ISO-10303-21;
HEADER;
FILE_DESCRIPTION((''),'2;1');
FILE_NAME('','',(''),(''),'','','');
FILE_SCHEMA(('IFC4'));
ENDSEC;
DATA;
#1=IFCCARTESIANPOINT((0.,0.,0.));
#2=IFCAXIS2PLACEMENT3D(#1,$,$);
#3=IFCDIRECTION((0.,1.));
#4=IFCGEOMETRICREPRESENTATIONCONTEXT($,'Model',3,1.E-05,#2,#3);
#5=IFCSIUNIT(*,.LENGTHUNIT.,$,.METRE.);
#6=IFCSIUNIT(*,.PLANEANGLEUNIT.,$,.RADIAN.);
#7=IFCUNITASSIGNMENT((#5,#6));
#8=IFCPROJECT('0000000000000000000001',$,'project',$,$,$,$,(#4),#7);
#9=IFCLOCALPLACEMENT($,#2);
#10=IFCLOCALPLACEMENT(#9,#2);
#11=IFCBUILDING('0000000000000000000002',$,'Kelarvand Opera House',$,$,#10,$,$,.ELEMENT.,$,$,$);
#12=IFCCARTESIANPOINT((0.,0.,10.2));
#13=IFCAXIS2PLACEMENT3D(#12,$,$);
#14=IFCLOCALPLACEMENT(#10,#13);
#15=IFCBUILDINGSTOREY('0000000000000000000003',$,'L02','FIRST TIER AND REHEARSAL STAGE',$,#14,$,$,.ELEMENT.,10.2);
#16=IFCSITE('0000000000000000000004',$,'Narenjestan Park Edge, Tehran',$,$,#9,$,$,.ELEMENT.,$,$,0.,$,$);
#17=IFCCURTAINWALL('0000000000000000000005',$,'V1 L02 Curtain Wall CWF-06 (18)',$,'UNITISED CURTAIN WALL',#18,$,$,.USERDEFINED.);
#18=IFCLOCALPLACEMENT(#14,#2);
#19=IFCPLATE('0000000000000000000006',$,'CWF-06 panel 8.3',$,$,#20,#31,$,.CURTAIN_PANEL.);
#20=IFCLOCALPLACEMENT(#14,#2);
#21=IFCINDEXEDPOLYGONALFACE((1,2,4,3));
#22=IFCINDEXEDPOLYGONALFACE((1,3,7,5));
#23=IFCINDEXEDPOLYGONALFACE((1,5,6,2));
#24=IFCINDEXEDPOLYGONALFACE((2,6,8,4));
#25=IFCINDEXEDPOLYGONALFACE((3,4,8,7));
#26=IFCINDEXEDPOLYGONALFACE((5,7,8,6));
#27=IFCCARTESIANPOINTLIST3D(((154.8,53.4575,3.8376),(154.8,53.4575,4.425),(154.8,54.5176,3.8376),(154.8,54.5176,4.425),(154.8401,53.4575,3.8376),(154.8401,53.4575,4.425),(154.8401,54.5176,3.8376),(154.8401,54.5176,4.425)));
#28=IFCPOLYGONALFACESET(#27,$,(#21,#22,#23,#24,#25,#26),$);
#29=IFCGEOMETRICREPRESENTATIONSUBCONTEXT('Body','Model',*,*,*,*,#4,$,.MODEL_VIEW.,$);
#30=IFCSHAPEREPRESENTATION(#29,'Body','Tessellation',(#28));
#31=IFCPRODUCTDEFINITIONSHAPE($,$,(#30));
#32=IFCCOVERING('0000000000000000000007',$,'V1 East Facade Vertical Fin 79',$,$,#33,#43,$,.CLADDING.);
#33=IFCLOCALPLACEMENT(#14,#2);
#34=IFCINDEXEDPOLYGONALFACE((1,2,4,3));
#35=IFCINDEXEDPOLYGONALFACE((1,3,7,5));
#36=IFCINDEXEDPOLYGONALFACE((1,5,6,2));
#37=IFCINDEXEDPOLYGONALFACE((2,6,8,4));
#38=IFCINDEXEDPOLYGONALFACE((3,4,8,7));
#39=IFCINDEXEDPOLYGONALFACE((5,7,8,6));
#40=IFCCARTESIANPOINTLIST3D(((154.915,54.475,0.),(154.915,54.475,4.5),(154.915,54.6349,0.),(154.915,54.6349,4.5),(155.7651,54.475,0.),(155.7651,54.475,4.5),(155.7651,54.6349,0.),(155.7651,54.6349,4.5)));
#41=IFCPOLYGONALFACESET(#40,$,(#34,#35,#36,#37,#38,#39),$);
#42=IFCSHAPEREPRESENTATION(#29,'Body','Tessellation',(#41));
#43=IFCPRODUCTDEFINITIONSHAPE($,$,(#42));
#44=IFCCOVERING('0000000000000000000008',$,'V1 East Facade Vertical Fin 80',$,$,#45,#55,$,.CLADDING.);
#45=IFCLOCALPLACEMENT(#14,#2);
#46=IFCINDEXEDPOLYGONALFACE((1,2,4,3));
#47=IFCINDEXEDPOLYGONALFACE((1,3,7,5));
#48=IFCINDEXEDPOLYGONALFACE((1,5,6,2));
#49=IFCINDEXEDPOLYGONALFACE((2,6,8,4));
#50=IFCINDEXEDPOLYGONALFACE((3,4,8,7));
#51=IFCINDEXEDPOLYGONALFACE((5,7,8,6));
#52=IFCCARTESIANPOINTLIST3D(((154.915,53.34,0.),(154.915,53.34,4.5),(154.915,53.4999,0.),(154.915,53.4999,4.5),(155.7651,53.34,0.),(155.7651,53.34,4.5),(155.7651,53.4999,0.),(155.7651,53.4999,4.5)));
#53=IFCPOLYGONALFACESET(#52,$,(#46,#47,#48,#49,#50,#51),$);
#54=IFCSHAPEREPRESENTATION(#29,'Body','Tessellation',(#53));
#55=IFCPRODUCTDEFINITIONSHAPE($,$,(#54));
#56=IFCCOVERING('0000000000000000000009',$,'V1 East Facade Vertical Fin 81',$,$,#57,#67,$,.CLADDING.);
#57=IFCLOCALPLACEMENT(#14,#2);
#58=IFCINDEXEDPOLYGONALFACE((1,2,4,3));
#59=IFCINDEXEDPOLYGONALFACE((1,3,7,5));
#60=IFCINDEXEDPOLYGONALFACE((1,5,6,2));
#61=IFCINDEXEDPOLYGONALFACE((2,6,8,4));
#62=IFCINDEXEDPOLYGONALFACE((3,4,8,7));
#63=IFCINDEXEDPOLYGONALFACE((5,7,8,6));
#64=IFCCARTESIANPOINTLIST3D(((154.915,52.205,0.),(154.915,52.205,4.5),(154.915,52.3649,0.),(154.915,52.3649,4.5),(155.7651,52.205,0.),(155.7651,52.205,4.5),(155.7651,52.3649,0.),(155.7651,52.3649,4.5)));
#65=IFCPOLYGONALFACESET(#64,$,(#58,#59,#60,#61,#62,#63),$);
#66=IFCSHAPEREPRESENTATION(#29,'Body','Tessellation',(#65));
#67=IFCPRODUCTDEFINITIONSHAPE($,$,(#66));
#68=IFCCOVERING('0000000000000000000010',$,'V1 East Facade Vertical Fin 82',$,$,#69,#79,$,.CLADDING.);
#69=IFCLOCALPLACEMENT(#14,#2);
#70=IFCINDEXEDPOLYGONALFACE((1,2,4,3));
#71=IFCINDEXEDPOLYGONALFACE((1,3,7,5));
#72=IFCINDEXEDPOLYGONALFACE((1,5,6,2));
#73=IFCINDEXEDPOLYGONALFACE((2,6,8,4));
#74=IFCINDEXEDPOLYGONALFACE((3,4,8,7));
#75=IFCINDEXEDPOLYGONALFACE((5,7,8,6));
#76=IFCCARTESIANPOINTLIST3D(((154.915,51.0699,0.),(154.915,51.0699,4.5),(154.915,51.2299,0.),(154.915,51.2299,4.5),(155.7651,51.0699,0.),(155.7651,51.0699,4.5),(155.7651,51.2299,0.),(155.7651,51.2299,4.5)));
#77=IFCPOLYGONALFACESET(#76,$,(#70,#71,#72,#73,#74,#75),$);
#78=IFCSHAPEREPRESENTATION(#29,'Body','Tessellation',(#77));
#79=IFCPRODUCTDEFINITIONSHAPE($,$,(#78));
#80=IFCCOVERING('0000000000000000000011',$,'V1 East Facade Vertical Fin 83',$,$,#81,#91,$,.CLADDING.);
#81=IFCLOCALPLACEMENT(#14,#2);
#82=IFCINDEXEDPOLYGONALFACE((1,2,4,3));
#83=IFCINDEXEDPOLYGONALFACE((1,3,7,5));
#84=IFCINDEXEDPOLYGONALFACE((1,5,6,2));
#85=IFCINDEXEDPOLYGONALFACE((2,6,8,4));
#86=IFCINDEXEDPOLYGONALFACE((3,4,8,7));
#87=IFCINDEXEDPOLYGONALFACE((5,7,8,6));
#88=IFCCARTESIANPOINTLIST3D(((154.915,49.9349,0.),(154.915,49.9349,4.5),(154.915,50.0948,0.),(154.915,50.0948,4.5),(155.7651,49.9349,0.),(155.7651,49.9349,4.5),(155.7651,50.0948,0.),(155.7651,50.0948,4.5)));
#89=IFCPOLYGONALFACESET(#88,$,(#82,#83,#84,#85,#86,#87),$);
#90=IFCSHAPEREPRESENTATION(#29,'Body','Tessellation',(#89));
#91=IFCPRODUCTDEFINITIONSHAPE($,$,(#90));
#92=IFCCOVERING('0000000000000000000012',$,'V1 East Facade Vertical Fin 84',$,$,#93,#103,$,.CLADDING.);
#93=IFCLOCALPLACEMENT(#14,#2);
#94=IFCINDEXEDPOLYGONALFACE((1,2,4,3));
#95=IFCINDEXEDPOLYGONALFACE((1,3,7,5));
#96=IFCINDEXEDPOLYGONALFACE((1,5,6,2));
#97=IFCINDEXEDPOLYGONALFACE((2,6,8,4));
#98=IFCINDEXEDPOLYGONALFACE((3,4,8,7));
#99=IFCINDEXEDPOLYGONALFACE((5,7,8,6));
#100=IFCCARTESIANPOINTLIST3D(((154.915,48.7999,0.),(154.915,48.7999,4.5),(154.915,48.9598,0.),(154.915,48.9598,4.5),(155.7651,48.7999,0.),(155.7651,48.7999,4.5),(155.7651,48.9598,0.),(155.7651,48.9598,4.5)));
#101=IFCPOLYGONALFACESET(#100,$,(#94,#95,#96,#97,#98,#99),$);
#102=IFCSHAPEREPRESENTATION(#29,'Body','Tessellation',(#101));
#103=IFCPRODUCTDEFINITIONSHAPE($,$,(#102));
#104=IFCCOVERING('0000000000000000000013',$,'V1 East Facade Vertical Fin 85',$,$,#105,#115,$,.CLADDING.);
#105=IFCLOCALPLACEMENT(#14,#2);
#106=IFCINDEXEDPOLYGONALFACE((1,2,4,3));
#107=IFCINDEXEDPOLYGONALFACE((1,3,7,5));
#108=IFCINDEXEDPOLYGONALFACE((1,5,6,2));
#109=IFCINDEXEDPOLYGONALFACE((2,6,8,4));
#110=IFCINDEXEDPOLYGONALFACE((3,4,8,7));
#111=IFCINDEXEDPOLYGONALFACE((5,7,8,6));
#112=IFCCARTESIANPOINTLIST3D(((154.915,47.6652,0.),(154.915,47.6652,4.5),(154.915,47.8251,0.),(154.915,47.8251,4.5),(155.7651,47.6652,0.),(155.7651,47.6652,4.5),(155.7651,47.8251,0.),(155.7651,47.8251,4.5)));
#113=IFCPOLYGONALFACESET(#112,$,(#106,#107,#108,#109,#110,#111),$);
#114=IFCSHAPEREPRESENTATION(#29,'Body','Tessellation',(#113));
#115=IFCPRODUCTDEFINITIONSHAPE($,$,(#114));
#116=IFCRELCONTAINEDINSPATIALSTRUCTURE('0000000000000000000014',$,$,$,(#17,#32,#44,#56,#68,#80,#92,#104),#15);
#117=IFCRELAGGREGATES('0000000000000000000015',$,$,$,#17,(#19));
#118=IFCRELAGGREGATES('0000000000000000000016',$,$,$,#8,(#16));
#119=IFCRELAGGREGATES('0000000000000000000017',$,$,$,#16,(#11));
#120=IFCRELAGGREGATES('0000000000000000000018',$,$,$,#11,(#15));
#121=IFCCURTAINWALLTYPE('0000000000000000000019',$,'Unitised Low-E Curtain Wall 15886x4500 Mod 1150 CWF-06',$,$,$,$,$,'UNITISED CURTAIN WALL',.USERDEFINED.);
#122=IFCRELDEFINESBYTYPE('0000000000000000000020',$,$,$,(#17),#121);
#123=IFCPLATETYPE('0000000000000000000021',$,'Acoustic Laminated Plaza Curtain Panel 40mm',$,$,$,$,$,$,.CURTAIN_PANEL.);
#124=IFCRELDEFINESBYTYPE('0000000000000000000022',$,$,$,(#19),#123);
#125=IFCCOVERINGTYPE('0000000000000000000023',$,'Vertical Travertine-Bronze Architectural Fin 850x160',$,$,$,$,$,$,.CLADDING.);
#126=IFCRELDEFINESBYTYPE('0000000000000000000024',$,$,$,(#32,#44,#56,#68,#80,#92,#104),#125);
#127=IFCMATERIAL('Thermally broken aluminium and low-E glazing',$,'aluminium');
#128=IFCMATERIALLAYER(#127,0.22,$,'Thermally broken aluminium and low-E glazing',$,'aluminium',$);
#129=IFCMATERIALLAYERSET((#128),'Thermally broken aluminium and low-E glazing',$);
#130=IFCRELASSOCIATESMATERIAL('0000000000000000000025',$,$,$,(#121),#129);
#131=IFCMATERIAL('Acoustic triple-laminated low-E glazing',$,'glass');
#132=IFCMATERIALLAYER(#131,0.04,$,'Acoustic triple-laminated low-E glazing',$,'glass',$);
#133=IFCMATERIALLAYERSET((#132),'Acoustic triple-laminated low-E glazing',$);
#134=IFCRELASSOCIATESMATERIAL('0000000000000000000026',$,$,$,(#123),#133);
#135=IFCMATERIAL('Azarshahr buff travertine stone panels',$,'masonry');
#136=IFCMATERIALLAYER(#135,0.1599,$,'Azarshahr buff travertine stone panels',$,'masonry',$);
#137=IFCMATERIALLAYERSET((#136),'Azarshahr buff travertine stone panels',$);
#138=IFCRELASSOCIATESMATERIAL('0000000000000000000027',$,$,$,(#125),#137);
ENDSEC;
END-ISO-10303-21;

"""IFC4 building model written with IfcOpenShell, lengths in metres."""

from ifc_helpers import new_model, si_unit, direction, frame, origin, origin_2d, place, context, subcontext, project, spatial, rectangle, extrude, material, layer, layer_set, type_object, element, aggregate, save


model = new_model("IFC4")

# Units and contexts
model_context = context("Model", 3, precision=1e-05, world=origin(), true_north=direction((0.0, 1.0)))
body_context = subcontext(model_context, "Body", "Model", "MODEL_VIEW")
ifc_project = project(units=[si_unit("LENGTHUNIT", "METRE"), si_unit("PLANEANGLEUNIT", "RADIAN")], contexts=[model_context])

# Site, building, storey
site_placement = place(None, origin())
site = spatial("IfcSite", under=ifc_project, at=site_placement, Name="Narenjestan Park Edge, Tehran", CompositionType="ELEMENT", RefElevation=0.0)
building_placement = place(site_placement, origin())
building = spatial("IfcBuilding", under=site, at=building_placement, Name="Kelarvand Opera House", CompositionType="ELEMENT")
storey_placement = place(building_placement, frame((0.0, 0.0, 10.2)))
storey = spatial("IfcBuildingStorey", under=building, at=storey_placement, Name="L02", Description="FIRST TIER AND REHEARSAL STAGE", CompositionType="ELEMENT", Elevation=10.2)

# Curtain wall, plate
ifc_material_1 = material(Name="Thermally broken aluminium and low-E glazing", Category="aluminium")
ifc_layer_1 = layer(ifc_material_1, 0.22, Name="Thermally broken aluminium and low-E glazing", Category="aluminium")
ifc_layer_set_1 = layer_set([ifc_layer_1], Name="Thermally broken aluminium and low-E glazing")
curtain_wall_type = type_object("IfcCurtainWallType", Name="Unitised Low-E Curtain Wall 15886x4500 Mod 1150 CWF-06", ElementType="UNITISED CURTAIN WALL", PredefinedType="USERDEFINED", material=ifc_layer_set_1)
curtain_wall_placement = place(storey_placement, origin())
curtain_wall = element("IfcCurtainWall", 1, at=curtain_wall_placement, inside=storey, type_object=curtain_wall_type, Name="V1 L02 Curtain Wall CWF-06 (18)", ObjectType="UNITISED CURTAIN WALL", PredefinedType="USERDEFINED")
ifc_material_2 = material(Name="Acoustic triple-laminated low-E glazing", Category="glass")
ifc_layer_2 = layer(ifc_material_2, 0.04, Name="Acoustic triple-laminated low-E glazing", Category="glass")
ifc_layer_set_2 = layer_set([ifc_layer_2], Name="Acoustic triple-laminated low-E glazing")
plate_type = type_object("IfcPlateType", Name="Acoustic Laminated Plaza Curtain Panel 40mm", PredefinedType="CURTAIN_PANEL", material=ifc_layer_set_2)
plate_1_placement = place(storey_placement, frame((154.8201, 53.9875, 3.8376), z_axis=(0.0, 0.0, 1.0), x_axis=(0.0, -1.0, 0.0)))
plate_1 = element("IfcPlate", 2, at=plate_1_placement, type_object=plate_type, Name="CWF-06 panel 8.3", PredefinedType="CURTAIN_PANEL", context=body_context, shape_type="SweptSolid", body=[
    extrude(rectangle(XDim=1.0601, YDim=0.04, at=origin_2d()), origin(), (0.0, 0.0, 1.0), 0.5874),
])
aggregate(curtain_wall, [plate_1])

# Coverings
ifc_material_3 = material(Name="Azarshahr buff travertine stone panels", Category="masonry")
ifc_layer_3 = layer(ifc_material_3, 0.1599, Name="Azarshahr buff travertine stone panels", Category="masonry")
ifc_layer_set_3 = layer_set([ifc_layer_3], Name="Azarshahr buff travertine stone panels")
covering_type = type_object("IfcCoveringType", Name="Vertical Travertine-Bronze Architectural Fin 850x160", PredefinedType="CLADDING", material=ifc_layer_set_3)
for number, where, z_axis, x_axis, name in (
    (3, (155.3401, 54.5549, 0.0), (0.0, 0.0, 1.0), (1.0, 0.0, 0.0), "V1 East Facade Vertical Fin 79"),
    (4, (155.3401, 53.4199, 0.0), (0.0, 0.0, 1.0), (1.0, 0.0, 0.0), "V1 East Facade Vertical Fin 80"),
    (5, (155.3401, 52.2849, 0.0), (0.0, 0.0, 1.0), (1.0, 0.0, 0.0), "V1 East Facade Vertical Fin 81"),
    (6, (155.3401, 51.1499, 0.0), (0.0, 0.0, 1.0), (1.0, 0.0, 0.0), "V1 East Facade Vertical Fin 82"),
    (7, (155.3401, 50.0149, 0.0), (0.0, 0.0, 1.0), (1.0, 0.0, 0.0), "V1 East Facade Vertical Fin 83"),
    (8, (155.3401, 48.8799, 0.0), (0.0, 0.0, 1.0), (1.0, 0.0, 0.0), "V1 East Facade Vertical Fin 84"),
    (9, (155.3401, 47.7451, 0.0), (0.0, 0.0, 1.0), (1.0, 0.0, 0.0), "V1 East Facade Vertical Fin 85"),
):
    element("IfcCovering", number, at=place(storey_placement, frame(where, z_axis=z_axis, x_axis=x_axis)), inside=storey, type_object=covering_type, Name=name, PredefinedType="CLADDING", context=body_context, shape_type="SweptSolid", body=[
        extrude(rectangle(XDim=0.8501, YDim=0.1599, at=origin_2d()), origin(), (0.0, 0.0, 1.0), 4.5),
    ])

save(model, "model.ifc")
